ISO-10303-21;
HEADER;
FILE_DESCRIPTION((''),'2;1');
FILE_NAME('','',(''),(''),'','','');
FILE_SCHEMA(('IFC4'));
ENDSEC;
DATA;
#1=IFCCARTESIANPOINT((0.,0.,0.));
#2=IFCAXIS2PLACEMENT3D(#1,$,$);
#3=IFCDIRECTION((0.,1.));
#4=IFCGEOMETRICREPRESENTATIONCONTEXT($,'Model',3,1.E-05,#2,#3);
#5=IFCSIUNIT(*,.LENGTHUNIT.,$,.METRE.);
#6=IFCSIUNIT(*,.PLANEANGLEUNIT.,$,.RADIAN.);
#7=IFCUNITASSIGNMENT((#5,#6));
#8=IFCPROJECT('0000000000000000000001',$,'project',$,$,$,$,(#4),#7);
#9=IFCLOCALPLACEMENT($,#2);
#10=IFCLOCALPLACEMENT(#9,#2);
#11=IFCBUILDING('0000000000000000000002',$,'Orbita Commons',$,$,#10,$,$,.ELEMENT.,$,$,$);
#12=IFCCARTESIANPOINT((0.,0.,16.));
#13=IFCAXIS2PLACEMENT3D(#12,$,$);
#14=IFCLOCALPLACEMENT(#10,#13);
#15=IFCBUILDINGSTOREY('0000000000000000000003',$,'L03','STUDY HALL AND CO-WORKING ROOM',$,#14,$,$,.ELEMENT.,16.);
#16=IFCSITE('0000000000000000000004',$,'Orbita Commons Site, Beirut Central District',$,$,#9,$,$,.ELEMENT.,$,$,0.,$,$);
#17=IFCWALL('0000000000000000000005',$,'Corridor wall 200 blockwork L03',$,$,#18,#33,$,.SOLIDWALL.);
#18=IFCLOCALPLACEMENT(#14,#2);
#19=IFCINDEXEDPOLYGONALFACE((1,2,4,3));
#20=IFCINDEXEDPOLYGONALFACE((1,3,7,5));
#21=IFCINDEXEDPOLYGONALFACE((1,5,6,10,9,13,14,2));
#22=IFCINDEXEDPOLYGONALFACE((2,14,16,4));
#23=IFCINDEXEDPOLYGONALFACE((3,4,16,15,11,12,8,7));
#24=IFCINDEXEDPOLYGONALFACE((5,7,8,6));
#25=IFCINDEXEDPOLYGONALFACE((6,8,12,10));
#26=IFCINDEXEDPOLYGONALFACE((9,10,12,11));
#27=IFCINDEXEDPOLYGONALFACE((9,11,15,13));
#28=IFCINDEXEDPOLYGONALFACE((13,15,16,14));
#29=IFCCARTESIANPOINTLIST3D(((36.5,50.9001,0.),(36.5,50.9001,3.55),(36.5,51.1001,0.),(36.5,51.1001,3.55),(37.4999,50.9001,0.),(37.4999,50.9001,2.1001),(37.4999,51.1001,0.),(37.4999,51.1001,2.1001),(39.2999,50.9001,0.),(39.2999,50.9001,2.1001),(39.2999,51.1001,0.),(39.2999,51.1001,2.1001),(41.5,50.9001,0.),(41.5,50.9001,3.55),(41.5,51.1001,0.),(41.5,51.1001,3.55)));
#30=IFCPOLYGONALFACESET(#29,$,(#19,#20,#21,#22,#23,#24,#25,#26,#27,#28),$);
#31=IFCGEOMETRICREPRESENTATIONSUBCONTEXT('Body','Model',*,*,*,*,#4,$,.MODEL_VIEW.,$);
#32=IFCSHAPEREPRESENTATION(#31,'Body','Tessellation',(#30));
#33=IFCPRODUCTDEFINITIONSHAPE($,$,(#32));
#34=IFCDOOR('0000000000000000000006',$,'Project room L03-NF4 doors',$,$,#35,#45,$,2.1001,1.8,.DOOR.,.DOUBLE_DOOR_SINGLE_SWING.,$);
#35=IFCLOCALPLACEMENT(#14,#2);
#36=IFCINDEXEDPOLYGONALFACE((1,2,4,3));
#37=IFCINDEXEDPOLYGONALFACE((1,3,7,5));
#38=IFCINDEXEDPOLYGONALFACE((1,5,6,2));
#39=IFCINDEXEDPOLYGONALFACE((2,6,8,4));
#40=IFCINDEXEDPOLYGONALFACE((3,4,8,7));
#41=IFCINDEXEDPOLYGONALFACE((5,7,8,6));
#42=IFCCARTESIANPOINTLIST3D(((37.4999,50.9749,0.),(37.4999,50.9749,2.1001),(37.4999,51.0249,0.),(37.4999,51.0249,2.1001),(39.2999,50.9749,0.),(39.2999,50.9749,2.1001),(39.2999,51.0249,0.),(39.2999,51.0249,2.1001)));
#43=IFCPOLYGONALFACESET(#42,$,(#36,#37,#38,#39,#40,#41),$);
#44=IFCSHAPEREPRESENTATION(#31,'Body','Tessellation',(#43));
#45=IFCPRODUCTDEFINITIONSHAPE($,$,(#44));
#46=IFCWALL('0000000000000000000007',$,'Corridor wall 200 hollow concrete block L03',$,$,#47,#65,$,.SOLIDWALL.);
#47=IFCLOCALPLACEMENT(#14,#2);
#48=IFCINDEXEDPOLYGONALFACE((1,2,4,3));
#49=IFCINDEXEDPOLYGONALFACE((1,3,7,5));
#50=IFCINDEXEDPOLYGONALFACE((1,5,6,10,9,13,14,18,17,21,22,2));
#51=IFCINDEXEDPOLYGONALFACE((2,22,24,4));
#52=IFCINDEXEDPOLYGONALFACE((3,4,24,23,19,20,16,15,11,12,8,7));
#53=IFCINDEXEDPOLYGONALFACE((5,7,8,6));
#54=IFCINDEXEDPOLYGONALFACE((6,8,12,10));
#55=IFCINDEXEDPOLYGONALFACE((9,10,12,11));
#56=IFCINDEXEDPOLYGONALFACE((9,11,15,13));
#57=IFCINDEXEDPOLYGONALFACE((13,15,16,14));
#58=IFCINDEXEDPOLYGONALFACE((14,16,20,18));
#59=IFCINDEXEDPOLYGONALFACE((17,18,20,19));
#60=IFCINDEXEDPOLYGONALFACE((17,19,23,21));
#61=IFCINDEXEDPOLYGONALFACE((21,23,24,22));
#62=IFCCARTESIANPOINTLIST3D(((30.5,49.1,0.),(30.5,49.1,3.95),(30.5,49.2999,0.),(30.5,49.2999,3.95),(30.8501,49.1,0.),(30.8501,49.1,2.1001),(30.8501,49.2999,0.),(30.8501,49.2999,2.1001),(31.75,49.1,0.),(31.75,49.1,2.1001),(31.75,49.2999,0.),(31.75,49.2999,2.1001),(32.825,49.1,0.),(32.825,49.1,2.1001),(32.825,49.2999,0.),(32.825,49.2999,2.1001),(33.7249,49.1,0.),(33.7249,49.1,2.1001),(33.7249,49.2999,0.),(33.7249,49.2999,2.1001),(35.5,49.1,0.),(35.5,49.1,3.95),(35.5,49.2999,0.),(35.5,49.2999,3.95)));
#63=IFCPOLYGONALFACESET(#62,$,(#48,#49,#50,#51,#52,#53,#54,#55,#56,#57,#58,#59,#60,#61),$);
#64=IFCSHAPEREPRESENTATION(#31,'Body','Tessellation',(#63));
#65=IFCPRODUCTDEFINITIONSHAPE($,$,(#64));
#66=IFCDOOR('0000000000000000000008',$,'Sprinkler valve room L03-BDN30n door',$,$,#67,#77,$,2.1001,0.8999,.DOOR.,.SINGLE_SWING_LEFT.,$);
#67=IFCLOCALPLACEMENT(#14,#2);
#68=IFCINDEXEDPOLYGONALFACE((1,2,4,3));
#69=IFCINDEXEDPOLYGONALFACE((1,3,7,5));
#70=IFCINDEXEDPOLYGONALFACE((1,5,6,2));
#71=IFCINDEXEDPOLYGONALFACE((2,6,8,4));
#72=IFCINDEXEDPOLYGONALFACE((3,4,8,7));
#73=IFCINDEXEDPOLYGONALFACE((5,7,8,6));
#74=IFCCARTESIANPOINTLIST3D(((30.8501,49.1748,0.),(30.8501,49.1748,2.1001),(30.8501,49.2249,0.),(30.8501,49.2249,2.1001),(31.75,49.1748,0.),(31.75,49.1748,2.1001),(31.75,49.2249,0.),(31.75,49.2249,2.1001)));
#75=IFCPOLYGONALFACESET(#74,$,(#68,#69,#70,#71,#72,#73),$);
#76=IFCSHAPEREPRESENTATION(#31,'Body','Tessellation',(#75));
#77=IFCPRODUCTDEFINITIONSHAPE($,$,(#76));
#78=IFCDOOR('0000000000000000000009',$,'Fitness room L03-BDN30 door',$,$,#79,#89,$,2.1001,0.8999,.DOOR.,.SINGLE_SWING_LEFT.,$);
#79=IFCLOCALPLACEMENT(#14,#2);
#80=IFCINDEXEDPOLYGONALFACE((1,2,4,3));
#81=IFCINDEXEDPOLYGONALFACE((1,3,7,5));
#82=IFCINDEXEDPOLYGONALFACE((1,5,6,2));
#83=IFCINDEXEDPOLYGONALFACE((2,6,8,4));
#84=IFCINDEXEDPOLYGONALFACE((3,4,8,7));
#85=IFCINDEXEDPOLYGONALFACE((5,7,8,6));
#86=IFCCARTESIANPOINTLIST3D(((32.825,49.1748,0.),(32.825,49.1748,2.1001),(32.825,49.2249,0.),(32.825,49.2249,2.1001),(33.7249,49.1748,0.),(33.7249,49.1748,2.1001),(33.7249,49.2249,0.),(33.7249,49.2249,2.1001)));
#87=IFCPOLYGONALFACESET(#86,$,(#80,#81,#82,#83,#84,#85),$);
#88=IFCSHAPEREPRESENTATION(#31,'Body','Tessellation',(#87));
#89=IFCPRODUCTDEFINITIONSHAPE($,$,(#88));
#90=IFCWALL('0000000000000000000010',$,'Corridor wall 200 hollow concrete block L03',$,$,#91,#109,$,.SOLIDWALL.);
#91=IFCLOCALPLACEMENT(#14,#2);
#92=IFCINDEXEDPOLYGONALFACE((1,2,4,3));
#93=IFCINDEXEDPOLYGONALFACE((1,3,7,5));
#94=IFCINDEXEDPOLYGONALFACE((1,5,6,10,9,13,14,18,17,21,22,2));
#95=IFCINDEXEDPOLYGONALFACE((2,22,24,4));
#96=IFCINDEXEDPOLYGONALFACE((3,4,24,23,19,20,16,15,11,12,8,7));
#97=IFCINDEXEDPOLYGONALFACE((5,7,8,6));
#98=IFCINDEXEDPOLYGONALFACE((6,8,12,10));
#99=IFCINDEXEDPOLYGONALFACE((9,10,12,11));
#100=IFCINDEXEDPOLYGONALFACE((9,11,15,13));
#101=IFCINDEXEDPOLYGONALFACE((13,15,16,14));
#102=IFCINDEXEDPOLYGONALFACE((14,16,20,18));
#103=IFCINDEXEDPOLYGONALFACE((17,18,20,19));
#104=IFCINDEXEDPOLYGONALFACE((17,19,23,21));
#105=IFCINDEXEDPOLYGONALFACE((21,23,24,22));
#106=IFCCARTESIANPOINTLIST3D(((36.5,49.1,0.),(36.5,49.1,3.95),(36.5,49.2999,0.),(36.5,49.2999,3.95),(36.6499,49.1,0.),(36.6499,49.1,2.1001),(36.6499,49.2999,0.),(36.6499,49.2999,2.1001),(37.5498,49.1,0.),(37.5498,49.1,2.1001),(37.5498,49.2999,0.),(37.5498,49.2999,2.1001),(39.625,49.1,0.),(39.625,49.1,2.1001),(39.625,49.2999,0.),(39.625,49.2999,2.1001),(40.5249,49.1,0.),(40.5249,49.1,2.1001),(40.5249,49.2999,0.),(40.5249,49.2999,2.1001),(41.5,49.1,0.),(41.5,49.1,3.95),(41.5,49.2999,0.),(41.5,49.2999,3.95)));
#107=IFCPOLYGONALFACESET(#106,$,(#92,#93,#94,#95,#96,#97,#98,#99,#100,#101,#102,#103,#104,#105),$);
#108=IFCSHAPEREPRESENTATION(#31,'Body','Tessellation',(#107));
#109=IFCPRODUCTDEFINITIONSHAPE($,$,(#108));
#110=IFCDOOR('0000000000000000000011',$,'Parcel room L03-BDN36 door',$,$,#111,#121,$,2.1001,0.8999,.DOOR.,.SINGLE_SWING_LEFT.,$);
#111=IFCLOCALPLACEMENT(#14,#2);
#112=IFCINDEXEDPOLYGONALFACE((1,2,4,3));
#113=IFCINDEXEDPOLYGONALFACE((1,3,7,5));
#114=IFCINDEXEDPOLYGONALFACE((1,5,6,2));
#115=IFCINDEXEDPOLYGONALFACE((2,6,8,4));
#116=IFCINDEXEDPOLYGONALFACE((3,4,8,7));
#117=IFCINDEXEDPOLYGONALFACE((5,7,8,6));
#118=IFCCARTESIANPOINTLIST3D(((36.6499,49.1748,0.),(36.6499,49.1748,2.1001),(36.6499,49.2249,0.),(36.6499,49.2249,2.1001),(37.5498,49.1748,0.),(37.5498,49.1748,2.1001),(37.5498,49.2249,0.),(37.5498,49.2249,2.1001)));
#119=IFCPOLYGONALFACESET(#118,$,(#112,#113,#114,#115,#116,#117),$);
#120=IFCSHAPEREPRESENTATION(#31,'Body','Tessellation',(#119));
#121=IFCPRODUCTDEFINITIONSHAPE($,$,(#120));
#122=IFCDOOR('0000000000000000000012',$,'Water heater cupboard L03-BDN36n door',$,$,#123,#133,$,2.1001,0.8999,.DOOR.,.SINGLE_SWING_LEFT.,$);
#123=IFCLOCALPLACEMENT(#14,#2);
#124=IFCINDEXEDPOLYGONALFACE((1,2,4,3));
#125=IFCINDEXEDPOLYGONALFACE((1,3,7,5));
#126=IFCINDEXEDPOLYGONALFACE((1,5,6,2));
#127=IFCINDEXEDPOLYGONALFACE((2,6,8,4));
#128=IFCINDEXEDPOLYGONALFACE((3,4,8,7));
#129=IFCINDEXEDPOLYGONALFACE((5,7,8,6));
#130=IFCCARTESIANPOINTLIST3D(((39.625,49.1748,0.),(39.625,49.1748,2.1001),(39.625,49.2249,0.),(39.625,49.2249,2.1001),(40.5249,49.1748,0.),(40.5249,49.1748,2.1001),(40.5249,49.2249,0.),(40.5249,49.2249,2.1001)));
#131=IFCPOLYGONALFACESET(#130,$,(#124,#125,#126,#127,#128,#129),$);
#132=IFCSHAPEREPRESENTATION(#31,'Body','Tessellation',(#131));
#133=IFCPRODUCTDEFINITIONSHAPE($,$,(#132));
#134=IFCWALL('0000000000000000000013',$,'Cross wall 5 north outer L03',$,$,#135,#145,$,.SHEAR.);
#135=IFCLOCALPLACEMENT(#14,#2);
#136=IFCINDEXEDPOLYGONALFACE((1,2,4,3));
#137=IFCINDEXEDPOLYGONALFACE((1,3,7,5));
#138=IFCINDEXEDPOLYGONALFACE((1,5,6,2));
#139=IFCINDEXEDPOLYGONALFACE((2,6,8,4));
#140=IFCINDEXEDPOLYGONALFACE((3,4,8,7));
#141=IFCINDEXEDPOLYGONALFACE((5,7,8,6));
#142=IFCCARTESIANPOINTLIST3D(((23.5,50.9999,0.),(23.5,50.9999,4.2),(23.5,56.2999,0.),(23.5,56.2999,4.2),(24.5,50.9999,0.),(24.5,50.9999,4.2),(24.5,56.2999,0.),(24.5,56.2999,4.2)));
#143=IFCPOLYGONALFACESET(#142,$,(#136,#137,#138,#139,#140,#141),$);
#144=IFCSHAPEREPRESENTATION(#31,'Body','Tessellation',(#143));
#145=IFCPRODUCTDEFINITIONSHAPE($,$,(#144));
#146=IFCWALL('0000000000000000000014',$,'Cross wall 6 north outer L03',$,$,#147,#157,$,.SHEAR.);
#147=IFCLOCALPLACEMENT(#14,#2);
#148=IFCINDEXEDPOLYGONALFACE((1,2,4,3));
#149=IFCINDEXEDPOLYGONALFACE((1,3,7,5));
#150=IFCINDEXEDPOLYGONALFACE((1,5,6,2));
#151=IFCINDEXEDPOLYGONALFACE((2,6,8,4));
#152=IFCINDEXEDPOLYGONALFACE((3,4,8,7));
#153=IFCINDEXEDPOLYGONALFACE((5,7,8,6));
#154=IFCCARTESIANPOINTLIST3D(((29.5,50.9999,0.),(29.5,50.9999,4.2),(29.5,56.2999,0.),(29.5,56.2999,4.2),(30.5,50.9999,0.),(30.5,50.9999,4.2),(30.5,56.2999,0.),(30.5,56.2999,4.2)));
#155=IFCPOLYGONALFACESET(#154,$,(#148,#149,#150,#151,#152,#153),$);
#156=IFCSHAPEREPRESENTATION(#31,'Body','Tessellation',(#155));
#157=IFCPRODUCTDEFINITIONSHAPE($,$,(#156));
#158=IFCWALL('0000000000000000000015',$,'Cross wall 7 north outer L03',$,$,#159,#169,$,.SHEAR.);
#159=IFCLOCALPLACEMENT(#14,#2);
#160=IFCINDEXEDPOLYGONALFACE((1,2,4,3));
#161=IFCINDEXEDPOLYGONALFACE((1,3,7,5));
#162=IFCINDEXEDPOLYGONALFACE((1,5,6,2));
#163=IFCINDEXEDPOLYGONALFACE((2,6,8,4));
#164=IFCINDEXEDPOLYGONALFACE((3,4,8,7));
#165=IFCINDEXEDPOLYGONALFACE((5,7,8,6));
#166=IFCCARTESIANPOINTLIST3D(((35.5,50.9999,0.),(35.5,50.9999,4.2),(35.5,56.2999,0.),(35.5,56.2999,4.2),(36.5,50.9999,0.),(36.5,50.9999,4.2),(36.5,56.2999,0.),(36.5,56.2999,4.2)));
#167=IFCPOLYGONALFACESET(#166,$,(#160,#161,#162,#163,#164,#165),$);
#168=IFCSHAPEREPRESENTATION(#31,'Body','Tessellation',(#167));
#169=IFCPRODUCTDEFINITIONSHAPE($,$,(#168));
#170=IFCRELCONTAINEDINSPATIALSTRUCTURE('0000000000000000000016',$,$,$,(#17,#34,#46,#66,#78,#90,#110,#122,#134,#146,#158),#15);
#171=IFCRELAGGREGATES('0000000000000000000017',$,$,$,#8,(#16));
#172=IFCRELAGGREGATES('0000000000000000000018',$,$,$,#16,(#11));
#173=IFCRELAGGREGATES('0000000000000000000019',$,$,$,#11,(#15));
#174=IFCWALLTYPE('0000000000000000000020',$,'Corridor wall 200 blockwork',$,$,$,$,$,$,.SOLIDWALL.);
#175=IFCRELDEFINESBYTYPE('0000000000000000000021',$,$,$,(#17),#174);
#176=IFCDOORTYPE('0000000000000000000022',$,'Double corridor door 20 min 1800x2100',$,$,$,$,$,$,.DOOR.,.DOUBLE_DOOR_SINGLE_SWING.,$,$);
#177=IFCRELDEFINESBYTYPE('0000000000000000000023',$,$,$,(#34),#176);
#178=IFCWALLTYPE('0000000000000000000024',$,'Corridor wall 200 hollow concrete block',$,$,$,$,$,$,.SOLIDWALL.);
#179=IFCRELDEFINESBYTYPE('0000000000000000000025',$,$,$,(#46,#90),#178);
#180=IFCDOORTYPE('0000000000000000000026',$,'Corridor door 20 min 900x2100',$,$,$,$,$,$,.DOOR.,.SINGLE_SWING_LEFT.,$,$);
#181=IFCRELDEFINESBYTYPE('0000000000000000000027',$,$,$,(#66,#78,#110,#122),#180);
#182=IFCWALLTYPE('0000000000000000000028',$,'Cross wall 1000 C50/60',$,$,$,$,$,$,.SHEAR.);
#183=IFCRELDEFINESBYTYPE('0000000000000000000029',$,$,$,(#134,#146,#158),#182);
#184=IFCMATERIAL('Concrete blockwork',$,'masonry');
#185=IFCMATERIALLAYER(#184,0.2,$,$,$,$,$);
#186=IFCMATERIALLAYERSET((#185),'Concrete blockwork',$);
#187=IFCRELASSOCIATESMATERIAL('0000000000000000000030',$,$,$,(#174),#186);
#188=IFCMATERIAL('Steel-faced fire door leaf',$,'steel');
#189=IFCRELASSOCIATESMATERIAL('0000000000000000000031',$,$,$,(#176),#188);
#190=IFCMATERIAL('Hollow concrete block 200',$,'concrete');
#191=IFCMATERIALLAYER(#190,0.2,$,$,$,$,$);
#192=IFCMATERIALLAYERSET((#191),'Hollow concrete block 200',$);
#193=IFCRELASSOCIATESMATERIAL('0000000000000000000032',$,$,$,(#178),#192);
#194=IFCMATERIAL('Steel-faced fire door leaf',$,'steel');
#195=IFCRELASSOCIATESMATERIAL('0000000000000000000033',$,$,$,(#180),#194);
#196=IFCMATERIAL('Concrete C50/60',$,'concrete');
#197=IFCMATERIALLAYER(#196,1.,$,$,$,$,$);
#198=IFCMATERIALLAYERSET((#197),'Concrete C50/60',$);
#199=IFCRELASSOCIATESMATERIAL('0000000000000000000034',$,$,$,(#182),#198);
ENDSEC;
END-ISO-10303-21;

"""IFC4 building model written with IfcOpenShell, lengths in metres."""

from ifc_helpers import new_model, si_unit, direction, frame, frame_2d, origin, place, context, subcontext, project, spatial, polyline, rectangle, outline, extrude, material, layer, layer_set, type_object, element, fill, save


model = new_model("IFC4")

# Units and contexts
model_context = context("Model", 3, precision=1e-05, world=origin(), true_north=direction((0.0, 1.0)))
body_context = subcontext(model_context, "Body", "Model", "MODEL_VIEW")
ifc_project = project(units=[si_unit("LENGTHUNIT", "METRE"), si_unit("PLANEANGLEUNIT", "RADIAN")], contexts=[model_context])

# Site, building, storey
site_placement = place(None, origin())
site = spatial("IfcSite", under=ifc_project, at=site_placement, Name="Orbita Commons Site, Beirut Central District", CompositionType="ELEMENT", RefElevation=0.0)
building_placement = place(site_placement, origin())
building = spatial("IfcBuilding", under=site, at=building_placement, Name="Orbita Commons", CompositionType="ELEMENT")
storey_placement = place(building_placement, frame((0.0, 0.0, 16.0)))
storey = spatial("IfcBuildingStorey", under=building, at=storey_placement, Name="L03", Description="STUDY HALL AND CO-WORKING ROOM", CompositionType="ELEMENT", Elevation=16.0)

# Wall, opening, door
ifc_material_1 = material(Name="Concrete blockwork", Category="masonry")
ifc_layer_1 = layer(ifc_material_1, 0.2)
ifc_layer_set_1 = layer_set([ifc_layer_1], Name="Concrete blockwork")
wall_type_1 = type_object("IfcWallType", Name="Corridor wall 200 blockwork", PredefinedType="SOLIDWALL", material=ifc_layer_set_1)
ifc_material_2 = material(Name="Steel-faced fire door leaf", Category="steel")
door_type_1 = type_object("IfcDoorType", Name="Double corridor door 20 min 1800x2100", OperationType="DOUBLE_DOOR_SINGLE_SWING", PredefinedType="DOOR", material=ifc_material_2)
wall_1_placement = place(storey_placement, frame((36.5, 51.0, 0.0), z_axis=(0.0, 0.0, 1.0), x_axis=(1.0, 0.0, 0.0)))
wall_1 = element("IfcWall", 1, at=wall_1_placement, inside=storey, type_object=wall_type_1, Name="Corridor wall 200 blockwork L03", PredefinedType="SOLIDWALL", context=body_context, shape_type="SweptSolid", body=[
    extrude(outline(polyline([(0.0, 0.0), (5.0, 0.0), (5.0, 3.55), (0.0, 3.55), (0.0, 0.0)])), frame((0.0, 0.1001, 0.0), z_axis=(0.0, -1.0, 0.0), x_axis=(1.0, 0.0, 0.0)), (0.0, 0.0, 1.0), 0.2),
])
opening_1_placement = place(wall_1_placement, frame((1.0, 0.0, 0.0)))
opening_1 = element("IfcOpeningElement", 2, at=opening_1_placement, cuts=wall_1, PredefinedType="OPENING", context=body_context, shape_type="SweptSolid", body=[
    extrude(rectangle(XDim=1.8, YDim=2.1001, at=frame_2d((0.8999, 1.05))), frame((0.0, 0.1099, 0.0), z_axis=(0.0, -1.0, 0.0), x_axis=(1.0, 0.0, 0.0)), (0.0, 0.0, 1.0), 0.22),
])
door_1_placement = place(opening_1_placement, origin())
door_1 = element("IfcDoor", 3, at=door_1_placement, inside=storey, type_object=door_type_1, Name="Project room L03-NF4 doors", OperationType="DOUBLE_DOOR_SINGLE_SWING", OverallHeight=2.1001, OverallWidth=1.8, PredefinedType="DOOR", context=body_context, shape_type="SweptSolid", body=[
    extrude(rectangle(XDim=1.8, YDim=2.1001, at=frame_2d((0.8999, 1.05))), frame((0.0, 0.0249, 0.0), z_axis=(0.0, -1.0, 0.0), x_axis=(1.0, 0.0, 0.0)), (0.0, 0.0, 1.0), 0.05),
])
fill(opening_1, door_1)

# Walls, openings, doors
ifc_material_3 = material(Name="Hollow concrete block 200", Category="concrete")
ifc_layer_2 = layer(ifc_material_3, 0.2)
ifc_layer_set_2 = layer_set([ifc_layer_2], Name="Hollow concrete block 200")
wall_type_2 = type_object("IfcWallType", Name="Corridor wall 200 hollow concrete block", PredefinedType="SOLIDWALL", material=ifc_layer_set_2)
wall_2_placement = place(storey_placement, frame((30.5, 49.2, 0.0), z_axis=(0.0, 0.0, 1.0), x_axis=(1.0, 0.0, 0.0)))
wall_2 = element("IfcWall", 4, at=wall_2_placement, inside=storey, type_object=wall_type_2, Name="Corridor wall 200 hollow concrete block L03", PredefinedType="SOLIDWALL", context=body_context, shape_type="SweptSolid", body=[
    extrude(rectangle(XDim=5.0, YDim=0.2, at=frame_2d((2.5, 0.0))), origin(), (0.0, 0.0, 1.0), 3.95),
])
opening_2_placement = place(wall_2_placement, frame((0.3501, 0.0, 0.0)))
opening_2 = element("IfcOpeningElement", 5, at=opening_2_placement, cuts=wall_2, PredefinedType="OPENING", context=body_context, shape_type="SweptSolid", body=[
    extrude(rectangle(XDim=0.8999, YDim=2.1001, at=frame_2d((0.45, 1.05))), frame((0.0, 0.1099, 0.0), z_axis=(0.0, -1.0, 0.0), x_axis=(1.0, 0.0, 0.0)), (0.0, 0.0, 1.0), 0.22),
])
opening_3_placement = place(wall_2_placement, frame((2.325, 0.0, 0.0)))
opening_3 = element("IfcOpeningElement", 6, at=opening_3_placement, cuts=wall_2, PredefinedType="OPENING", context=body_context, shape_type="SweptSolid", body=[
    extrude(rectangle(XDim=0.8999, YDim=2.1001, at=frame_2d((0.45, 1.05))), frame((0.0, 0.1099, 0.0), z_axis=(0.0, -1.0, 0.0), x_axis=(1.0, 0.0, 0.0)), (0.0, 0.0, 1.0), 0.22),
])
ifc_material_4 = material(Name="Steel-faced fire door leaf", Category="steel")
door_type_2 = type_object("IfcDoorType", Name="Corridor door 20 min 900x2100", OperationType="SINGLE_SWING_LEFT", PredefinedType="DOOR", material=ifc_material_4)
door_2_placement = place(opening_2_placement, origin())
door_2 = element("IfcDoor", 7, at=door_2_placement, inside=storey, type_object=door_type_2, Name="Sprinkler valve room L03-BDN30n door", OperationType="SINGLE_SWING_LEFT", OverallHeight=2.1001, OverallWidth=0.8999, PredefinedType="DOOR", context=body_context, shape_type="SweptSolid", body=[
    extrude(rectangle(XDim=0.8999, YDim=2.1001, at=frame_2d((0.45, 1.05))), frame((0.0, 0.0249, 0.0), z_axis=(0.0, -1.0, 0.0), x_axis=(1.0, 0.0, 0.0)), (0.0, 0.0, 1.0), 0.05),
])
fill(opening_2, door_2)
door_3_placement = place(opening_3_placement, origin())
door_3 = element("IfcDoor", 8, at=door_3_placement, inside=storey, type_object=door_type_2, Name="Fitness room L03-BDN30 door", OperationType="SINGLE_SWING_LEFT", OverallHeight=2.1001, OverallWidth=0.8999, PredefinedType="DOOR", context=body_context, shape_type="SweptSolid", body=[
    extrude(rectangle(XDim=0.8999, YDim=2.1001, at=frame_2d((0.45, 1.05))), frame((0.0, 0.0249, 0.0), z_axis=(0.0, -1.0, 0.0), x_axis=(1.0, 0.0, 0.0)), (0.0, 0.0, 1.0), 0.05),
])
fill(opening_3, door_3)
wall_3_placement = place(storey_placement, frame((36.5, 49.2, 0.0), z_axis=(0.0, 0.0, 1.0), x_axis=(1.0, 0.0, 0.0)))
wall_3 = element("IfcWall", 9, at=wall_3_placement, inside=storey, type_object=wall_type_2, Name="Corridor wall 200 hollow concrete block L03", PredefinedType="SOLIDWALL", context=body_context, shape_type="SweptSolid", body=[
    extrude(rectangle(XDim=5.0, YDim=0.2, at=frame_2d((2.5, 0.0))), origin(), (0.0, 0.0, 1.0), 3.95),
])
opening_4_placement = place(wall_3_placement, frame((0.1499, 0.0, 0.0)))
opening_4 = element("IfcOpeningElement", 10, at=opening_4_placement, cuts=wall_3, PredefinedType="OPENING", context=body_context, shape_type="SweptSolid", body=[
    extrude(rectangle(XDim=0.8999, YDim=2.1001, at=frame_2d((0.45, 1.05))), frame((0.0, 0.1099, 0.0), z_axis=(0.0, -1.0, 0.0), x_axis=(1.0, 0.0, 0.0)), (0.0, 0.0, 1.0), 0.22),
])
opening_5_placement = place(wall_3_placement, frame((3.125, 0.0, 0.0)))
opening_5 = element("IfcOpeningElement", 11, at=opening_5_placement, cuts=wall_3, PredefinedType="OPENING", context=body_context, shape_type="SweptSolid", body=[
    extrude(rectangle(XDim=0.8999, YDim=2.1001, at=frame_2d((0.45, 1.05))), frame((0.0, 0.1099, 0.0), z_axis=(0.0, -1.0, 0.0), x_axis=(1.0, 0.0, 0.0)), (0.0, 0.0, 1.0), 0.22),
])
door_4_placement = place(opening_4_placement, origin())
door_4 = element("IfcDoor", 12, at=door_4_placement, inside=storey, type_object=door_type_2, Name="Parcel room L03-BDN36 door", OperationType="SINGLE_SWING_LEFT", OverallHeight=2.1001, OverallWidth=0.8999, PredefinedType="DOOR", context=body_context, shape_type="SweptSolid", body=[
    extrude(rectangle(XDim=0.8999, YDim=2.1001, at=frame_2d((0.45, 1.05))), frame((0.0, 0.0249, 0.0), z_axis=(0.0, -1.0, 0.0), x_axis=(1.0, 0.0, 0.0)), (0.0, 0.0, 1.0), 0.05),
])
fill(opening_4, door_4)
door_5_placement = place(opening_5_placement, origin())
door_5 = element("IfcDoor", 13, at=door_5_placement, inside=storey, type_object=door_type_2, Name="Water heater cupboard L03-BDN36n door", OperationType="SINGLE_SWING_LEFT", OverallHeight=2.1001, OverallWidth=0.8999, PredefinedType="DOOR", context=body_context, shape_type="SweptSolid", body=[
    extrude(rectangle(XDim=0.8999, YDim=2.1001, at=frame_2d((0.45, 1.05))), frame((0.0, 0.0249, 0.0), z_axis=(0.0, -1.0, 0.0), x_axis=(1.0, 0.0, 0.0)), (0.0, 0.0, 1.0), 0.05),
])
fill(opening_5, door_5)

# Walls
ifc_material_5 = material(Name="Concrete C50/60", Category="concrete")
ifc_layer_3 = layer(ifc_material_5, 1.0)
ifc_layer_set_3 = layer_set([ifc_layer_3], Name="Concrete C50/60")
wall_type_3 = type_object("IfcWallType", Name="Cross wall 1000 C50/60", PredefinedType="SHEAR", material=ifc_layer_set_3)
for number, where, z_axis, x_axis, name in (
    (14, (24.0, 51.0, 0.0), (0.0, 0.0, 1.0), (0.0, 1.0, 0.0), "Cross wall 5 north outer L03"),
    (15, (30.0, 51.0, 0.0), (0.0, 0.0, 1.0), (0.0, 1.0, 0.0), "Cross wall 6 north outer L03"),
    (16, (36.0, 51.0, 0.0), (0.0, 0.0, 1.0), (0.0, 1.0, 0.0), "Cross wall 7 north outer L03"),
):
    element("IfcWall", number, at=place(storey_placement, frame(where, z_axis=z_axis, x_axis=x_axis)), inside=storey, type_object=wall_type_3, Name=name, PredefinedType="SHEAR", context=body_context, shape_type="SweptSolid", body=[
        extrude(rectangle(XDim=5.3, YDim=1.0, at=frame_2d((2.6499, 0.0))), origin(), (0.0, 0.0, 1.0), 4.2),
    ])

save(model, "model.ifc")
